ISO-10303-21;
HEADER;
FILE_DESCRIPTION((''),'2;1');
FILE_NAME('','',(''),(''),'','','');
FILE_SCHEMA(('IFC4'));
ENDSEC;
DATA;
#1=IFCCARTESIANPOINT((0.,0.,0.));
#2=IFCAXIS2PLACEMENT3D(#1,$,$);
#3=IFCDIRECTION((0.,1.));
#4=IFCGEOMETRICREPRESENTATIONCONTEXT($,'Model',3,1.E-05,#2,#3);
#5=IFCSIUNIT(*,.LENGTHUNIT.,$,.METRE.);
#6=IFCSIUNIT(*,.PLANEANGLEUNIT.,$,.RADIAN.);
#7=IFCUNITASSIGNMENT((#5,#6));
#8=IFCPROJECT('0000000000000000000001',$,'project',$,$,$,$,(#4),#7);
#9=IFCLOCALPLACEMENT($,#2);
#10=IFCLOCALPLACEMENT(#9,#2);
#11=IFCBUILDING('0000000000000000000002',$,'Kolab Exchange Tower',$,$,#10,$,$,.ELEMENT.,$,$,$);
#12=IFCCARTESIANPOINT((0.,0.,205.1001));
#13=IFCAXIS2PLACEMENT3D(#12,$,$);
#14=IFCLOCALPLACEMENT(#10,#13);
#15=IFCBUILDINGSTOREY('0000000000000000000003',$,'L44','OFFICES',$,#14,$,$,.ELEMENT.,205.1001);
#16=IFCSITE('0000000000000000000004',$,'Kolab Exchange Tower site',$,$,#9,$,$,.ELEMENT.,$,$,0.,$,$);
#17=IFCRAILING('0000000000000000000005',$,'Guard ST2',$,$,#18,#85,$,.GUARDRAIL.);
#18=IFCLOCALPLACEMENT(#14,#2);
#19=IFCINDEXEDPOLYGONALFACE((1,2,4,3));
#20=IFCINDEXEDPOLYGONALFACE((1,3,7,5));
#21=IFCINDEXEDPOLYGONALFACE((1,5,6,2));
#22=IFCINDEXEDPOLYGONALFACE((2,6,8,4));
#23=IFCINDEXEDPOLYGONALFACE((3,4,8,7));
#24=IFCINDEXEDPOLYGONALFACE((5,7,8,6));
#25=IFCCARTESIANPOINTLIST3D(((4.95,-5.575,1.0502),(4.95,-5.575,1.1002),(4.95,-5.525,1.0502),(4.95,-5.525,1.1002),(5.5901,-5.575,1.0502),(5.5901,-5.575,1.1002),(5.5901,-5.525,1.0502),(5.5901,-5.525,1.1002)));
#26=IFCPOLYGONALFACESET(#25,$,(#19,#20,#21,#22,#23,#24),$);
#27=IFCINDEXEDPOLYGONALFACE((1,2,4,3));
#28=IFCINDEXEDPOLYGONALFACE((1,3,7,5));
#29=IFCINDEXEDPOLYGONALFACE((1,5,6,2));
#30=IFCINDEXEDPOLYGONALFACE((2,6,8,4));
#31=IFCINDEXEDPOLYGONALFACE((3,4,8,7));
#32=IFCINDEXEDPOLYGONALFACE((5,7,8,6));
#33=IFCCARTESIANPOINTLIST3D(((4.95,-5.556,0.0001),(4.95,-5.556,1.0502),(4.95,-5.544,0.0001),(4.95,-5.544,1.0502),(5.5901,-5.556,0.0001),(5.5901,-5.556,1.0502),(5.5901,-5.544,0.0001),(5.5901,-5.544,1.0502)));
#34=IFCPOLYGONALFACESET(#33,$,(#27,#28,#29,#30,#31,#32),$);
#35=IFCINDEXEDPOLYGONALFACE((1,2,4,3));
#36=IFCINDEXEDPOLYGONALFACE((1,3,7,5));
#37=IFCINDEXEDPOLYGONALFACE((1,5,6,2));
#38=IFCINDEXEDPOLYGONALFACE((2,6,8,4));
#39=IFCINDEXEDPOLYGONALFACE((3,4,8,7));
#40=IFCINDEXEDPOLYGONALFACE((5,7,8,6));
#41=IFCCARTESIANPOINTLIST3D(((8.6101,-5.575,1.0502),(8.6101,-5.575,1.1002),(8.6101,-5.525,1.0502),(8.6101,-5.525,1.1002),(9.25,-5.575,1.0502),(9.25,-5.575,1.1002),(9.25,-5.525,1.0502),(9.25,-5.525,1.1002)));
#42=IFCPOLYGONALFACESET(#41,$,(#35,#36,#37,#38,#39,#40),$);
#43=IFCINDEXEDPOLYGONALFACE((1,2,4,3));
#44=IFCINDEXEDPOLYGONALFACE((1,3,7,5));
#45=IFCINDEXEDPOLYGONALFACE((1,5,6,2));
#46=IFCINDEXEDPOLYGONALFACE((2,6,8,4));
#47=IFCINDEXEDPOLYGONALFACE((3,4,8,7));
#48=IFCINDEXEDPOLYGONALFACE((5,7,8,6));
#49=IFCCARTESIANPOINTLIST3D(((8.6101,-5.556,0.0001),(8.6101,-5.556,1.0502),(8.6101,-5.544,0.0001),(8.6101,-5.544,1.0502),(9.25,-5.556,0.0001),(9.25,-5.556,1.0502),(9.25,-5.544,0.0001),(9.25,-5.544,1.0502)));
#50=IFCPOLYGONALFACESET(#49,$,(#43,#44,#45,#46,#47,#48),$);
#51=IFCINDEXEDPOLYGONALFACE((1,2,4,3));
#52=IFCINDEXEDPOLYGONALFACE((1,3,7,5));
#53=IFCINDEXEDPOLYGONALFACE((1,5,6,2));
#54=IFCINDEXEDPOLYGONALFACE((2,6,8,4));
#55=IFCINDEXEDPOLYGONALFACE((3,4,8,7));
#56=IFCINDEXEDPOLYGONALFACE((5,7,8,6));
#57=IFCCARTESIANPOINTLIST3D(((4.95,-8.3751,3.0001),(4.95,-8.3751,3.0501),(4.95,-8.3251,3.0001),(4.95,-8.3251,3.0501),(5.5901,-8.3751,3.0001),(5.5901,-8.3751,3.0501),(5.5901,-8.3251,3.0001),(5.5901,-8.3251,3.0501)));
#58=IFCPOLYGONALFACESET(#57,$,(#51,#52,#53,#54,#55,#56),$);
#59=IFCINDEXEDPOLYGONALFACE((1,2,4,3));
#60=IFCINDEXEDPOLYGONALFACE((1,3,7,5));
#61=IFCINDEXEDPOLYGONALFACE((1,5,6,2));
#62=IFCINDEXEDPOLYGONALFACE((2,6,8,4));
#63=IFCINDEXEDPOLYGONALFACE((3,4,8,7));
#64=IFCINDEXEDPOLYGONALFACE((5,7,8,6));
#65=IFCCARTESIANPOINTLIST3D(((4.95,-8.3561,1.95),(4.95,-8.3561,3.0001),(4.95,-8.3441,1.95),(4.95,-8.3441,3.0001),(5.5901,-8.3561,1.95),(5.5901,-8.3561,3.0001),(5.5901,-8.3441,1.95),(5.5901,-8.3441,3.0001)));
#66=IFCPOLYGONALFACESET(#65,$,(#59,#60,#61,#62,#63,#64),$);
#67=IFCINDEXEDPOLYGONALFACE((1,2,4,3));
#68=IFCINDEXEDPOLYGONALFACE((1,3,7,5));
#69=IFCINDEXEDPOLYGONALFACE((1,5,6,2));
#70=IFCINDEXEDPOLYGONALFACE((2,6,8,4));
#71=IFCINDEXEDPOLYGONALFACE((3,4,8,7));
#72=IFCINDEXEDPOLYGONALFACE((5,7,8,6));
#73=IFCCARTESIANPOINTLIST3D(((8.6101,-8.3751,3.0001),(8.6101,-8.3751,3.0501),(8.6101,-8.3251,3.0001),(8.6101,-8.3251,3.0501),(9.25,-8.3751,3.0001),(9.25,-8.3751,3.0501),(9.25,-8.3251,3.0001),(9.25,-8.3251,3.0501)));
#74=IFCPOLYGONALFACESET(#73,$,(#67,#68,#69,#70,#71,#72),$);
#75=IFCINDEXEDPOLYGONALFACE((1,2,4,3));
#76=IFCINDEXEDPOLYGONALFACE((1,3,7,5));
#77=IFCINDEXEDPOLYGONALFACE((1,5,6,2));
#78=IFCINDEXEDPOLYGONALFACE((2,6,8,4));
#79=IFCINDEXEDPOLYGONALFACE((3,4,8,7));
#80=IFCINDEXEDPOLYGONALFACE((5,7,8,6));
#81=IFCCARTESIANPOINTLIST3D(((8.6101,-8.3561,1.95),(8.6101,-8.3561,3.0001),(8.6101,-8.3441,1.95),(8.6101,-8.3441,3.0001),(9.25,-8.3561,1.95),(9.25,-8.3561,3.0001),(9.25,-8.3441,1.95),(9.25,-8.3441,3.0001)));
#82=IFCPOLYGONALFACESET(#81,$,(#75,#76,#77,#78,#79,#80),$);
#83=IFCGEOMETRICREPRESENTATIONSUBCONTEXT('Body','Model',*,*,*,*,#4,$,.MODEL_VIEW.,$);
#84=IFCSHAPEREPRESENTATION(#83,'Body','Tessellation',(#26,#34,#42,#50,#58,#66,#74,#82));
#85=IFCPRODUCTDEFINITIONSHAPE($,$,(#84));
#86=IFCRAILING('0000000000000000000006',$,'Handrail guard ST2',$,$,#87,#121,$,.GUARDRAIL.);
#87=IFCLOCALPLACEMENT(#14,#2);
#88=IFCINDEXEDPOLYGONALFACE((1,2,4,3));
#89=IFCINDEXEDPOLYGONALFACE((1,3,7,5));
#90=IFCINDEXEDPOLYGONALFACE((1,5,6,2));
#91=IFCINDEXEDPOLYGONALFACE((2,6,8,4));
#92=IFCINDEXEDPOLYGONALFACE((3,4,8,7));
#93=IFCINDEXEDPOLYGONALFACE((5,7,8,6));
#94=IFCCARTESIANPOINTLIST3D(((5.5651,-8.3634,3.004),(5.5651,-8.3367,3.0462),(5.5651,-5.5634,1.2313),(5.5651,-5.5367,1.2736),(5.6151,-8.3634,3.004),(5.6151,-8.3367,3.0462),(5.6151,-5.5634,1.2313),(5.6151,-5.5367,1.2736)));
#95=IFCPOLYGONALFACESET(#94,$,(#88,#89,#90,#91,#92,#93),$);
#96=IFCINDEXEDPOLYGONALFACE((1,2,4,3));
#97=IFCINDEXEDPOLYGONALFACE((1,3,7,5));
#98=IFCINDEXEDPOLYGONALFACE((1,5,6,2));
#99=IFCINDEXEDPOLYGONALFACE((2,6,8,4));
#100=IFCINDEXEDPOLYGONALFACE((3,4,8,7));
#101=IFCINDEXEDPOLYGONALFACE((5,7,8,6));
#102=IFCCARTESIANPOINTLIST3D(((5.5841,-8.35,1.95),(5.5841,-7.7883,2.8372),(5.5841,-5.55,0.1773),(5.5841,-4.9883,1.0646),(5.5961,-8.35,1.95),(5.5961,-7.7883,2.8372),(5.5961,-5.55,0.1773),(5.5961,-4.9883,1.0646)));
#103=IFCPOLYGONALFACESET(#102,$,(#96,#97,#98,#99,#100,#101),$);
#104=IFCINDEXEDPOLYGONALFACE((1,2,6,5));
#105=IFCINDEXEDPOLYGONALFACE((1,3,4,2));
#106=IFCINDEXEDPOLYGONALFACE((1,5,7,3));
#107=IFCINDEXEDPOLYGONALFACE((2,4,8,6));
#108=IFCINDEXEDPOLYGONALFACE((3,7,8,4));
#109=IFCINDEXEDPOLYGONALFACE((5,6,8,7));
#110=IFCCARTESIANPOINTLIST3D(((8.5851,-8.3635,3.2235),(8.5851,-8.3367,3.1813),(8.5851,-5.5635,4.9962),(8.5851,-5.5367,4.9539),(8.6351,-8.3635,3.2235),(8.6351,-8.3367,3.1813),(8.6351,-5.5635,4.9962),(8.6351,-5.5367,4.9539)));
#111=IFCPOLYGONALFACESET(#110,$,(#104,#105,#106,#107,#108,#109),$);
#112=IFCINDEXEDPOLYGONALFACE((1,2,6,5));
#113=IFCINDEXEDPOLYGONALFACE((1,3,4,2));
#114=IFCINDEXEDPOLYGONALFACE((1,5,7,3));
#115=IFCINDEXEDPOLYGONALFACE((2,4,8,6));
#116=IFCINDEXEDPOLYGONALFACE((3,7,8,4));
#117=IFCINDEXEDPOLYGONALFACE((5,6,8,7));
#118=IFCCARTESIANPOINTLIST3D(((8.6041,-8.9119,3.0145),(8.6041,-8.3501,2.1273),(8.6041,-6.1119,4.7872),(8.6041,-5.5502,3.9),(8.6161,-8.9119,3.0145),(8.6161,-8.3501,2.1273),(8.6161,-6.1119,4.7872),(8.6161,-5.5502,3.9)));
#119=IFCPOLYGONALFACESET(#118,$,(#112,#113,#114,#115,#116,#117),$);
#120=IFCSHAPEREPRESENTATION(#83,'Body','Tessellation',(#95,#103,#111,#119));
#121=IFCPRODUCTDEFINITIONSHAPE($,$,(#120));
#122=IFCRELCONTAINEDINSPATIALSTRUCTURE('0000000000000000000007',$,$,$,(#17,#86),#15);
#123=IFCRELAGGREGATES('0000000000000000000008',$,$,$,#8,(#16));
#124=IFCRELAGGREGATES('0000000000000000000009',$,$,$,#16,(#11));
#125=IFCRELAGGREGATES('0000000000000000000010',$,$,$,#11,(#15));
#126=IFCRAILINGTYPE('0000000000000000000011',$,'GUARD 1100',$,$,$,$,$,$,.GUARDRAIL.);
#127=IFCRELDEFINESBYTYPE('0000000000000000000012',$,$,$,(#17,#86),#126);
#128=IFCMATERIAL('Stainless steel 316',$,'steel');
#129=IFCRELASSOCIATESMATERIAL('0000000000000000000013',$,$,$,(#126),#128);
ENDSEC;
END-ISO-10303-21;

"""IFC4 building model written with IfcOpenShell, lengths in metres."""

from ifc_helpers import new_model, si_unit, direction, frame, frame_2d, origin, origin_2d, place, context, subcontext, project, spatial, rectangle, extrude, material, type_object, element, save


model = new_model("IFC4")

# Units and contexts
model_context = context("Model", 3, precision=1e-05, world=origin(), true_north=direction((0.0, 1.0)))
body_context = subcontext(model_context, "Body", "Model", "MODEL_VIEW")
ifc_project = project(units=[si_unit("LENGTHUNIT", "METRE"), si_unit("PLANEANGLEUNIT", "RADIAN")], contexts=[model_context])

# Site, building, storey
site_placement = place(None, origin())
site = spatial("IfcSite", under=ifc_project, at=site_placement, Name="Kolab Exchange Tower site", CompositionType="ELEMENT", RefElevation=0.0)
building_placement = place(site_placement, origin())
building = spatial("IfcBuilding", under=site, at=building_placement, Name="Kolab Exchange Tower", CompositionType="ELEMENT")
storey_placement = place(building_placement, frame((0.0, 0.0, 205.1001)))
storey = spatial("IfcBuildingStorey", under=building, at=storey_placement, Name="L44", Description="OFFICES", CompositionType="ELEMENT", Elevation=205.1001)

# Shared definitions
ifc_material_1 = material(Name="Stainless steel 316", Category="steel")

# Railings
railing_type = type_object("IfcRailingType", Name="GUARD 1100", PredefinedType="GUARDRAIL", material=ifc_material_1)
railing_1_placement = place(storey_placement, frame((4.95, -5.55, 0.0)))
element("IfcRailing", 1, at=railing_1_placement, inside=storey, type_object=railing_type, Name="Guard ST2", PredefinedType="GUARDRAIL", context=body_context, shape_type="SweptSolid", body=[
    extrude(rectangle(XDim=0.05, YDim=0.05, at=origin_2d()), frame((0.0, 0.0, 1.0752), z_axis=(1.0, 0.0, 0.0), x_axis=(0.0, 1.0, 0.0)), (0.0, 0.0, 1.0), 0.6401),
    extrude(rectangle(XDim=0.012, YDim=1.0501, at=frame_2d((0.0, 0.5251))), frame((0.0, 0.0, 0.0), z_axis=(1.0, 0.0, 0.0), x_axis=(0.0, 1.0, 0.0)), (0.0, 0.0, 1.0), 0.6401),
    extrude(rectangle(XDim=0.05, YDim=0.05, at=origin_2d()), frame((3.6602, 0.0, 1.0752), z_axis=(1.0, 0.0, 0.0), x_axis=(0.0, 1.0, 0.0)), (0.0, 0.0, 1.0), 0.6399),
    extrude(rectangle(XDim=0.012, YDim=1.0501, at=frame_2d((0.0, 0.5251))), frame((3.6602, 0.0, 0.0), z_axis=(1.0, 0.0, 0.0), x_axis=(0.0, 1.0, 0.0)), (0.0, 0.0, 1.0), 0.6399),
    extrude(rectangle(XDim=0.05, YDim=0.05, at=origin_2d()), frame((0.0, -2.8, 3.0251), z_axis=(1.0, 0.0, 0.0), x_axis=(0.0, 1.0, 0.0)), (0.0, 0.0, 1.0), 0.6401),
    extrude(rectangle(XDim=0.012, YDim=1.0501, at=frame_2d((0.0, 0.5251))), frame((0.0, -2.8, 1.95), z_axis=(1.0, 0.0, 0.0), x_axis=(0.0, 1.0, 0.0)), (0.0, 0.0, 1.0), 0.6401),
    extrude(rectangle(XDim=0.05, YDim=0.05, at=origin_2d()), frame((3.6602, -2.8, 3.0251), z_axis=(1.0, 0.0, 0.0), x_axis=(0.0, 1.0, 0.0)), (0.0, 0.0, 1.0), 0.6399),
    extrude(rectangle(XDim=0.012, YDim=1.0501, at=frame_2d((0.0, 0.5251))), frame((3.6602, -2.8, 1.95), z_axis=(1.0, 0.0, 0.0), x_axis=(0.0, 1.0, 0.0)), (0.0, 0.0, 1.0), 0.6399),
])
railing_2_placement = place(storey_placement, frame((5.5901, -5.55, 0.1772)))
element("IfcRailing", 2, at=railing_2_placement, inside=storey, type_object=railing_type, Name="Handrail guard ST2", PredefinedType="GUARDRAIL", context=body_context, shape_type="SweptSolid", body=[
    extrude(rectangle(XDim=0.05, YDim=0.05, at=origin_2d()), frame((0.0, 0.0, 1.0752), z_axis=(0.0, -0.844909, 0.53491), x_axis=(1.0, 0.0, 0.0)), (0.0, 0.0, 1.0), 3.314),
    extrude(rectangle(XDim=0.012, YDim=1.0501, at=frame_2d((0.0, 0.5251))), frame((0.0, 0.0, 0.0), z_axis=(0.0, -0.844909, 0.53491), x_axis=(1.0, 0.0, 0.0)), (0.0, 0.0, 1.0), 3.314),
    extrude(rectangle(XDim=0.05, YDim=0.05, at=origin_2d()), frame((3.02, -2.8, 3.0251), z_axis=(0.0, 0.844909, 0.53491), x_axis=(-1.0, 0.0, 0.0)), (0.0, 0.0, 1.0), 3.314),
    extrude(rectangle(XDim=0.012, YDim=1.0501, at=frame_2d((0.0, 0.5251))), frame((3.02, -2.8, 1.95), z_axis=(0.0, 0.844909, 0.53491), x_axis=(-1.0, 0.0, 0.0)), (0.0, 0.0, 1.0), 3.314),
])

save(model, "model.ifc")
